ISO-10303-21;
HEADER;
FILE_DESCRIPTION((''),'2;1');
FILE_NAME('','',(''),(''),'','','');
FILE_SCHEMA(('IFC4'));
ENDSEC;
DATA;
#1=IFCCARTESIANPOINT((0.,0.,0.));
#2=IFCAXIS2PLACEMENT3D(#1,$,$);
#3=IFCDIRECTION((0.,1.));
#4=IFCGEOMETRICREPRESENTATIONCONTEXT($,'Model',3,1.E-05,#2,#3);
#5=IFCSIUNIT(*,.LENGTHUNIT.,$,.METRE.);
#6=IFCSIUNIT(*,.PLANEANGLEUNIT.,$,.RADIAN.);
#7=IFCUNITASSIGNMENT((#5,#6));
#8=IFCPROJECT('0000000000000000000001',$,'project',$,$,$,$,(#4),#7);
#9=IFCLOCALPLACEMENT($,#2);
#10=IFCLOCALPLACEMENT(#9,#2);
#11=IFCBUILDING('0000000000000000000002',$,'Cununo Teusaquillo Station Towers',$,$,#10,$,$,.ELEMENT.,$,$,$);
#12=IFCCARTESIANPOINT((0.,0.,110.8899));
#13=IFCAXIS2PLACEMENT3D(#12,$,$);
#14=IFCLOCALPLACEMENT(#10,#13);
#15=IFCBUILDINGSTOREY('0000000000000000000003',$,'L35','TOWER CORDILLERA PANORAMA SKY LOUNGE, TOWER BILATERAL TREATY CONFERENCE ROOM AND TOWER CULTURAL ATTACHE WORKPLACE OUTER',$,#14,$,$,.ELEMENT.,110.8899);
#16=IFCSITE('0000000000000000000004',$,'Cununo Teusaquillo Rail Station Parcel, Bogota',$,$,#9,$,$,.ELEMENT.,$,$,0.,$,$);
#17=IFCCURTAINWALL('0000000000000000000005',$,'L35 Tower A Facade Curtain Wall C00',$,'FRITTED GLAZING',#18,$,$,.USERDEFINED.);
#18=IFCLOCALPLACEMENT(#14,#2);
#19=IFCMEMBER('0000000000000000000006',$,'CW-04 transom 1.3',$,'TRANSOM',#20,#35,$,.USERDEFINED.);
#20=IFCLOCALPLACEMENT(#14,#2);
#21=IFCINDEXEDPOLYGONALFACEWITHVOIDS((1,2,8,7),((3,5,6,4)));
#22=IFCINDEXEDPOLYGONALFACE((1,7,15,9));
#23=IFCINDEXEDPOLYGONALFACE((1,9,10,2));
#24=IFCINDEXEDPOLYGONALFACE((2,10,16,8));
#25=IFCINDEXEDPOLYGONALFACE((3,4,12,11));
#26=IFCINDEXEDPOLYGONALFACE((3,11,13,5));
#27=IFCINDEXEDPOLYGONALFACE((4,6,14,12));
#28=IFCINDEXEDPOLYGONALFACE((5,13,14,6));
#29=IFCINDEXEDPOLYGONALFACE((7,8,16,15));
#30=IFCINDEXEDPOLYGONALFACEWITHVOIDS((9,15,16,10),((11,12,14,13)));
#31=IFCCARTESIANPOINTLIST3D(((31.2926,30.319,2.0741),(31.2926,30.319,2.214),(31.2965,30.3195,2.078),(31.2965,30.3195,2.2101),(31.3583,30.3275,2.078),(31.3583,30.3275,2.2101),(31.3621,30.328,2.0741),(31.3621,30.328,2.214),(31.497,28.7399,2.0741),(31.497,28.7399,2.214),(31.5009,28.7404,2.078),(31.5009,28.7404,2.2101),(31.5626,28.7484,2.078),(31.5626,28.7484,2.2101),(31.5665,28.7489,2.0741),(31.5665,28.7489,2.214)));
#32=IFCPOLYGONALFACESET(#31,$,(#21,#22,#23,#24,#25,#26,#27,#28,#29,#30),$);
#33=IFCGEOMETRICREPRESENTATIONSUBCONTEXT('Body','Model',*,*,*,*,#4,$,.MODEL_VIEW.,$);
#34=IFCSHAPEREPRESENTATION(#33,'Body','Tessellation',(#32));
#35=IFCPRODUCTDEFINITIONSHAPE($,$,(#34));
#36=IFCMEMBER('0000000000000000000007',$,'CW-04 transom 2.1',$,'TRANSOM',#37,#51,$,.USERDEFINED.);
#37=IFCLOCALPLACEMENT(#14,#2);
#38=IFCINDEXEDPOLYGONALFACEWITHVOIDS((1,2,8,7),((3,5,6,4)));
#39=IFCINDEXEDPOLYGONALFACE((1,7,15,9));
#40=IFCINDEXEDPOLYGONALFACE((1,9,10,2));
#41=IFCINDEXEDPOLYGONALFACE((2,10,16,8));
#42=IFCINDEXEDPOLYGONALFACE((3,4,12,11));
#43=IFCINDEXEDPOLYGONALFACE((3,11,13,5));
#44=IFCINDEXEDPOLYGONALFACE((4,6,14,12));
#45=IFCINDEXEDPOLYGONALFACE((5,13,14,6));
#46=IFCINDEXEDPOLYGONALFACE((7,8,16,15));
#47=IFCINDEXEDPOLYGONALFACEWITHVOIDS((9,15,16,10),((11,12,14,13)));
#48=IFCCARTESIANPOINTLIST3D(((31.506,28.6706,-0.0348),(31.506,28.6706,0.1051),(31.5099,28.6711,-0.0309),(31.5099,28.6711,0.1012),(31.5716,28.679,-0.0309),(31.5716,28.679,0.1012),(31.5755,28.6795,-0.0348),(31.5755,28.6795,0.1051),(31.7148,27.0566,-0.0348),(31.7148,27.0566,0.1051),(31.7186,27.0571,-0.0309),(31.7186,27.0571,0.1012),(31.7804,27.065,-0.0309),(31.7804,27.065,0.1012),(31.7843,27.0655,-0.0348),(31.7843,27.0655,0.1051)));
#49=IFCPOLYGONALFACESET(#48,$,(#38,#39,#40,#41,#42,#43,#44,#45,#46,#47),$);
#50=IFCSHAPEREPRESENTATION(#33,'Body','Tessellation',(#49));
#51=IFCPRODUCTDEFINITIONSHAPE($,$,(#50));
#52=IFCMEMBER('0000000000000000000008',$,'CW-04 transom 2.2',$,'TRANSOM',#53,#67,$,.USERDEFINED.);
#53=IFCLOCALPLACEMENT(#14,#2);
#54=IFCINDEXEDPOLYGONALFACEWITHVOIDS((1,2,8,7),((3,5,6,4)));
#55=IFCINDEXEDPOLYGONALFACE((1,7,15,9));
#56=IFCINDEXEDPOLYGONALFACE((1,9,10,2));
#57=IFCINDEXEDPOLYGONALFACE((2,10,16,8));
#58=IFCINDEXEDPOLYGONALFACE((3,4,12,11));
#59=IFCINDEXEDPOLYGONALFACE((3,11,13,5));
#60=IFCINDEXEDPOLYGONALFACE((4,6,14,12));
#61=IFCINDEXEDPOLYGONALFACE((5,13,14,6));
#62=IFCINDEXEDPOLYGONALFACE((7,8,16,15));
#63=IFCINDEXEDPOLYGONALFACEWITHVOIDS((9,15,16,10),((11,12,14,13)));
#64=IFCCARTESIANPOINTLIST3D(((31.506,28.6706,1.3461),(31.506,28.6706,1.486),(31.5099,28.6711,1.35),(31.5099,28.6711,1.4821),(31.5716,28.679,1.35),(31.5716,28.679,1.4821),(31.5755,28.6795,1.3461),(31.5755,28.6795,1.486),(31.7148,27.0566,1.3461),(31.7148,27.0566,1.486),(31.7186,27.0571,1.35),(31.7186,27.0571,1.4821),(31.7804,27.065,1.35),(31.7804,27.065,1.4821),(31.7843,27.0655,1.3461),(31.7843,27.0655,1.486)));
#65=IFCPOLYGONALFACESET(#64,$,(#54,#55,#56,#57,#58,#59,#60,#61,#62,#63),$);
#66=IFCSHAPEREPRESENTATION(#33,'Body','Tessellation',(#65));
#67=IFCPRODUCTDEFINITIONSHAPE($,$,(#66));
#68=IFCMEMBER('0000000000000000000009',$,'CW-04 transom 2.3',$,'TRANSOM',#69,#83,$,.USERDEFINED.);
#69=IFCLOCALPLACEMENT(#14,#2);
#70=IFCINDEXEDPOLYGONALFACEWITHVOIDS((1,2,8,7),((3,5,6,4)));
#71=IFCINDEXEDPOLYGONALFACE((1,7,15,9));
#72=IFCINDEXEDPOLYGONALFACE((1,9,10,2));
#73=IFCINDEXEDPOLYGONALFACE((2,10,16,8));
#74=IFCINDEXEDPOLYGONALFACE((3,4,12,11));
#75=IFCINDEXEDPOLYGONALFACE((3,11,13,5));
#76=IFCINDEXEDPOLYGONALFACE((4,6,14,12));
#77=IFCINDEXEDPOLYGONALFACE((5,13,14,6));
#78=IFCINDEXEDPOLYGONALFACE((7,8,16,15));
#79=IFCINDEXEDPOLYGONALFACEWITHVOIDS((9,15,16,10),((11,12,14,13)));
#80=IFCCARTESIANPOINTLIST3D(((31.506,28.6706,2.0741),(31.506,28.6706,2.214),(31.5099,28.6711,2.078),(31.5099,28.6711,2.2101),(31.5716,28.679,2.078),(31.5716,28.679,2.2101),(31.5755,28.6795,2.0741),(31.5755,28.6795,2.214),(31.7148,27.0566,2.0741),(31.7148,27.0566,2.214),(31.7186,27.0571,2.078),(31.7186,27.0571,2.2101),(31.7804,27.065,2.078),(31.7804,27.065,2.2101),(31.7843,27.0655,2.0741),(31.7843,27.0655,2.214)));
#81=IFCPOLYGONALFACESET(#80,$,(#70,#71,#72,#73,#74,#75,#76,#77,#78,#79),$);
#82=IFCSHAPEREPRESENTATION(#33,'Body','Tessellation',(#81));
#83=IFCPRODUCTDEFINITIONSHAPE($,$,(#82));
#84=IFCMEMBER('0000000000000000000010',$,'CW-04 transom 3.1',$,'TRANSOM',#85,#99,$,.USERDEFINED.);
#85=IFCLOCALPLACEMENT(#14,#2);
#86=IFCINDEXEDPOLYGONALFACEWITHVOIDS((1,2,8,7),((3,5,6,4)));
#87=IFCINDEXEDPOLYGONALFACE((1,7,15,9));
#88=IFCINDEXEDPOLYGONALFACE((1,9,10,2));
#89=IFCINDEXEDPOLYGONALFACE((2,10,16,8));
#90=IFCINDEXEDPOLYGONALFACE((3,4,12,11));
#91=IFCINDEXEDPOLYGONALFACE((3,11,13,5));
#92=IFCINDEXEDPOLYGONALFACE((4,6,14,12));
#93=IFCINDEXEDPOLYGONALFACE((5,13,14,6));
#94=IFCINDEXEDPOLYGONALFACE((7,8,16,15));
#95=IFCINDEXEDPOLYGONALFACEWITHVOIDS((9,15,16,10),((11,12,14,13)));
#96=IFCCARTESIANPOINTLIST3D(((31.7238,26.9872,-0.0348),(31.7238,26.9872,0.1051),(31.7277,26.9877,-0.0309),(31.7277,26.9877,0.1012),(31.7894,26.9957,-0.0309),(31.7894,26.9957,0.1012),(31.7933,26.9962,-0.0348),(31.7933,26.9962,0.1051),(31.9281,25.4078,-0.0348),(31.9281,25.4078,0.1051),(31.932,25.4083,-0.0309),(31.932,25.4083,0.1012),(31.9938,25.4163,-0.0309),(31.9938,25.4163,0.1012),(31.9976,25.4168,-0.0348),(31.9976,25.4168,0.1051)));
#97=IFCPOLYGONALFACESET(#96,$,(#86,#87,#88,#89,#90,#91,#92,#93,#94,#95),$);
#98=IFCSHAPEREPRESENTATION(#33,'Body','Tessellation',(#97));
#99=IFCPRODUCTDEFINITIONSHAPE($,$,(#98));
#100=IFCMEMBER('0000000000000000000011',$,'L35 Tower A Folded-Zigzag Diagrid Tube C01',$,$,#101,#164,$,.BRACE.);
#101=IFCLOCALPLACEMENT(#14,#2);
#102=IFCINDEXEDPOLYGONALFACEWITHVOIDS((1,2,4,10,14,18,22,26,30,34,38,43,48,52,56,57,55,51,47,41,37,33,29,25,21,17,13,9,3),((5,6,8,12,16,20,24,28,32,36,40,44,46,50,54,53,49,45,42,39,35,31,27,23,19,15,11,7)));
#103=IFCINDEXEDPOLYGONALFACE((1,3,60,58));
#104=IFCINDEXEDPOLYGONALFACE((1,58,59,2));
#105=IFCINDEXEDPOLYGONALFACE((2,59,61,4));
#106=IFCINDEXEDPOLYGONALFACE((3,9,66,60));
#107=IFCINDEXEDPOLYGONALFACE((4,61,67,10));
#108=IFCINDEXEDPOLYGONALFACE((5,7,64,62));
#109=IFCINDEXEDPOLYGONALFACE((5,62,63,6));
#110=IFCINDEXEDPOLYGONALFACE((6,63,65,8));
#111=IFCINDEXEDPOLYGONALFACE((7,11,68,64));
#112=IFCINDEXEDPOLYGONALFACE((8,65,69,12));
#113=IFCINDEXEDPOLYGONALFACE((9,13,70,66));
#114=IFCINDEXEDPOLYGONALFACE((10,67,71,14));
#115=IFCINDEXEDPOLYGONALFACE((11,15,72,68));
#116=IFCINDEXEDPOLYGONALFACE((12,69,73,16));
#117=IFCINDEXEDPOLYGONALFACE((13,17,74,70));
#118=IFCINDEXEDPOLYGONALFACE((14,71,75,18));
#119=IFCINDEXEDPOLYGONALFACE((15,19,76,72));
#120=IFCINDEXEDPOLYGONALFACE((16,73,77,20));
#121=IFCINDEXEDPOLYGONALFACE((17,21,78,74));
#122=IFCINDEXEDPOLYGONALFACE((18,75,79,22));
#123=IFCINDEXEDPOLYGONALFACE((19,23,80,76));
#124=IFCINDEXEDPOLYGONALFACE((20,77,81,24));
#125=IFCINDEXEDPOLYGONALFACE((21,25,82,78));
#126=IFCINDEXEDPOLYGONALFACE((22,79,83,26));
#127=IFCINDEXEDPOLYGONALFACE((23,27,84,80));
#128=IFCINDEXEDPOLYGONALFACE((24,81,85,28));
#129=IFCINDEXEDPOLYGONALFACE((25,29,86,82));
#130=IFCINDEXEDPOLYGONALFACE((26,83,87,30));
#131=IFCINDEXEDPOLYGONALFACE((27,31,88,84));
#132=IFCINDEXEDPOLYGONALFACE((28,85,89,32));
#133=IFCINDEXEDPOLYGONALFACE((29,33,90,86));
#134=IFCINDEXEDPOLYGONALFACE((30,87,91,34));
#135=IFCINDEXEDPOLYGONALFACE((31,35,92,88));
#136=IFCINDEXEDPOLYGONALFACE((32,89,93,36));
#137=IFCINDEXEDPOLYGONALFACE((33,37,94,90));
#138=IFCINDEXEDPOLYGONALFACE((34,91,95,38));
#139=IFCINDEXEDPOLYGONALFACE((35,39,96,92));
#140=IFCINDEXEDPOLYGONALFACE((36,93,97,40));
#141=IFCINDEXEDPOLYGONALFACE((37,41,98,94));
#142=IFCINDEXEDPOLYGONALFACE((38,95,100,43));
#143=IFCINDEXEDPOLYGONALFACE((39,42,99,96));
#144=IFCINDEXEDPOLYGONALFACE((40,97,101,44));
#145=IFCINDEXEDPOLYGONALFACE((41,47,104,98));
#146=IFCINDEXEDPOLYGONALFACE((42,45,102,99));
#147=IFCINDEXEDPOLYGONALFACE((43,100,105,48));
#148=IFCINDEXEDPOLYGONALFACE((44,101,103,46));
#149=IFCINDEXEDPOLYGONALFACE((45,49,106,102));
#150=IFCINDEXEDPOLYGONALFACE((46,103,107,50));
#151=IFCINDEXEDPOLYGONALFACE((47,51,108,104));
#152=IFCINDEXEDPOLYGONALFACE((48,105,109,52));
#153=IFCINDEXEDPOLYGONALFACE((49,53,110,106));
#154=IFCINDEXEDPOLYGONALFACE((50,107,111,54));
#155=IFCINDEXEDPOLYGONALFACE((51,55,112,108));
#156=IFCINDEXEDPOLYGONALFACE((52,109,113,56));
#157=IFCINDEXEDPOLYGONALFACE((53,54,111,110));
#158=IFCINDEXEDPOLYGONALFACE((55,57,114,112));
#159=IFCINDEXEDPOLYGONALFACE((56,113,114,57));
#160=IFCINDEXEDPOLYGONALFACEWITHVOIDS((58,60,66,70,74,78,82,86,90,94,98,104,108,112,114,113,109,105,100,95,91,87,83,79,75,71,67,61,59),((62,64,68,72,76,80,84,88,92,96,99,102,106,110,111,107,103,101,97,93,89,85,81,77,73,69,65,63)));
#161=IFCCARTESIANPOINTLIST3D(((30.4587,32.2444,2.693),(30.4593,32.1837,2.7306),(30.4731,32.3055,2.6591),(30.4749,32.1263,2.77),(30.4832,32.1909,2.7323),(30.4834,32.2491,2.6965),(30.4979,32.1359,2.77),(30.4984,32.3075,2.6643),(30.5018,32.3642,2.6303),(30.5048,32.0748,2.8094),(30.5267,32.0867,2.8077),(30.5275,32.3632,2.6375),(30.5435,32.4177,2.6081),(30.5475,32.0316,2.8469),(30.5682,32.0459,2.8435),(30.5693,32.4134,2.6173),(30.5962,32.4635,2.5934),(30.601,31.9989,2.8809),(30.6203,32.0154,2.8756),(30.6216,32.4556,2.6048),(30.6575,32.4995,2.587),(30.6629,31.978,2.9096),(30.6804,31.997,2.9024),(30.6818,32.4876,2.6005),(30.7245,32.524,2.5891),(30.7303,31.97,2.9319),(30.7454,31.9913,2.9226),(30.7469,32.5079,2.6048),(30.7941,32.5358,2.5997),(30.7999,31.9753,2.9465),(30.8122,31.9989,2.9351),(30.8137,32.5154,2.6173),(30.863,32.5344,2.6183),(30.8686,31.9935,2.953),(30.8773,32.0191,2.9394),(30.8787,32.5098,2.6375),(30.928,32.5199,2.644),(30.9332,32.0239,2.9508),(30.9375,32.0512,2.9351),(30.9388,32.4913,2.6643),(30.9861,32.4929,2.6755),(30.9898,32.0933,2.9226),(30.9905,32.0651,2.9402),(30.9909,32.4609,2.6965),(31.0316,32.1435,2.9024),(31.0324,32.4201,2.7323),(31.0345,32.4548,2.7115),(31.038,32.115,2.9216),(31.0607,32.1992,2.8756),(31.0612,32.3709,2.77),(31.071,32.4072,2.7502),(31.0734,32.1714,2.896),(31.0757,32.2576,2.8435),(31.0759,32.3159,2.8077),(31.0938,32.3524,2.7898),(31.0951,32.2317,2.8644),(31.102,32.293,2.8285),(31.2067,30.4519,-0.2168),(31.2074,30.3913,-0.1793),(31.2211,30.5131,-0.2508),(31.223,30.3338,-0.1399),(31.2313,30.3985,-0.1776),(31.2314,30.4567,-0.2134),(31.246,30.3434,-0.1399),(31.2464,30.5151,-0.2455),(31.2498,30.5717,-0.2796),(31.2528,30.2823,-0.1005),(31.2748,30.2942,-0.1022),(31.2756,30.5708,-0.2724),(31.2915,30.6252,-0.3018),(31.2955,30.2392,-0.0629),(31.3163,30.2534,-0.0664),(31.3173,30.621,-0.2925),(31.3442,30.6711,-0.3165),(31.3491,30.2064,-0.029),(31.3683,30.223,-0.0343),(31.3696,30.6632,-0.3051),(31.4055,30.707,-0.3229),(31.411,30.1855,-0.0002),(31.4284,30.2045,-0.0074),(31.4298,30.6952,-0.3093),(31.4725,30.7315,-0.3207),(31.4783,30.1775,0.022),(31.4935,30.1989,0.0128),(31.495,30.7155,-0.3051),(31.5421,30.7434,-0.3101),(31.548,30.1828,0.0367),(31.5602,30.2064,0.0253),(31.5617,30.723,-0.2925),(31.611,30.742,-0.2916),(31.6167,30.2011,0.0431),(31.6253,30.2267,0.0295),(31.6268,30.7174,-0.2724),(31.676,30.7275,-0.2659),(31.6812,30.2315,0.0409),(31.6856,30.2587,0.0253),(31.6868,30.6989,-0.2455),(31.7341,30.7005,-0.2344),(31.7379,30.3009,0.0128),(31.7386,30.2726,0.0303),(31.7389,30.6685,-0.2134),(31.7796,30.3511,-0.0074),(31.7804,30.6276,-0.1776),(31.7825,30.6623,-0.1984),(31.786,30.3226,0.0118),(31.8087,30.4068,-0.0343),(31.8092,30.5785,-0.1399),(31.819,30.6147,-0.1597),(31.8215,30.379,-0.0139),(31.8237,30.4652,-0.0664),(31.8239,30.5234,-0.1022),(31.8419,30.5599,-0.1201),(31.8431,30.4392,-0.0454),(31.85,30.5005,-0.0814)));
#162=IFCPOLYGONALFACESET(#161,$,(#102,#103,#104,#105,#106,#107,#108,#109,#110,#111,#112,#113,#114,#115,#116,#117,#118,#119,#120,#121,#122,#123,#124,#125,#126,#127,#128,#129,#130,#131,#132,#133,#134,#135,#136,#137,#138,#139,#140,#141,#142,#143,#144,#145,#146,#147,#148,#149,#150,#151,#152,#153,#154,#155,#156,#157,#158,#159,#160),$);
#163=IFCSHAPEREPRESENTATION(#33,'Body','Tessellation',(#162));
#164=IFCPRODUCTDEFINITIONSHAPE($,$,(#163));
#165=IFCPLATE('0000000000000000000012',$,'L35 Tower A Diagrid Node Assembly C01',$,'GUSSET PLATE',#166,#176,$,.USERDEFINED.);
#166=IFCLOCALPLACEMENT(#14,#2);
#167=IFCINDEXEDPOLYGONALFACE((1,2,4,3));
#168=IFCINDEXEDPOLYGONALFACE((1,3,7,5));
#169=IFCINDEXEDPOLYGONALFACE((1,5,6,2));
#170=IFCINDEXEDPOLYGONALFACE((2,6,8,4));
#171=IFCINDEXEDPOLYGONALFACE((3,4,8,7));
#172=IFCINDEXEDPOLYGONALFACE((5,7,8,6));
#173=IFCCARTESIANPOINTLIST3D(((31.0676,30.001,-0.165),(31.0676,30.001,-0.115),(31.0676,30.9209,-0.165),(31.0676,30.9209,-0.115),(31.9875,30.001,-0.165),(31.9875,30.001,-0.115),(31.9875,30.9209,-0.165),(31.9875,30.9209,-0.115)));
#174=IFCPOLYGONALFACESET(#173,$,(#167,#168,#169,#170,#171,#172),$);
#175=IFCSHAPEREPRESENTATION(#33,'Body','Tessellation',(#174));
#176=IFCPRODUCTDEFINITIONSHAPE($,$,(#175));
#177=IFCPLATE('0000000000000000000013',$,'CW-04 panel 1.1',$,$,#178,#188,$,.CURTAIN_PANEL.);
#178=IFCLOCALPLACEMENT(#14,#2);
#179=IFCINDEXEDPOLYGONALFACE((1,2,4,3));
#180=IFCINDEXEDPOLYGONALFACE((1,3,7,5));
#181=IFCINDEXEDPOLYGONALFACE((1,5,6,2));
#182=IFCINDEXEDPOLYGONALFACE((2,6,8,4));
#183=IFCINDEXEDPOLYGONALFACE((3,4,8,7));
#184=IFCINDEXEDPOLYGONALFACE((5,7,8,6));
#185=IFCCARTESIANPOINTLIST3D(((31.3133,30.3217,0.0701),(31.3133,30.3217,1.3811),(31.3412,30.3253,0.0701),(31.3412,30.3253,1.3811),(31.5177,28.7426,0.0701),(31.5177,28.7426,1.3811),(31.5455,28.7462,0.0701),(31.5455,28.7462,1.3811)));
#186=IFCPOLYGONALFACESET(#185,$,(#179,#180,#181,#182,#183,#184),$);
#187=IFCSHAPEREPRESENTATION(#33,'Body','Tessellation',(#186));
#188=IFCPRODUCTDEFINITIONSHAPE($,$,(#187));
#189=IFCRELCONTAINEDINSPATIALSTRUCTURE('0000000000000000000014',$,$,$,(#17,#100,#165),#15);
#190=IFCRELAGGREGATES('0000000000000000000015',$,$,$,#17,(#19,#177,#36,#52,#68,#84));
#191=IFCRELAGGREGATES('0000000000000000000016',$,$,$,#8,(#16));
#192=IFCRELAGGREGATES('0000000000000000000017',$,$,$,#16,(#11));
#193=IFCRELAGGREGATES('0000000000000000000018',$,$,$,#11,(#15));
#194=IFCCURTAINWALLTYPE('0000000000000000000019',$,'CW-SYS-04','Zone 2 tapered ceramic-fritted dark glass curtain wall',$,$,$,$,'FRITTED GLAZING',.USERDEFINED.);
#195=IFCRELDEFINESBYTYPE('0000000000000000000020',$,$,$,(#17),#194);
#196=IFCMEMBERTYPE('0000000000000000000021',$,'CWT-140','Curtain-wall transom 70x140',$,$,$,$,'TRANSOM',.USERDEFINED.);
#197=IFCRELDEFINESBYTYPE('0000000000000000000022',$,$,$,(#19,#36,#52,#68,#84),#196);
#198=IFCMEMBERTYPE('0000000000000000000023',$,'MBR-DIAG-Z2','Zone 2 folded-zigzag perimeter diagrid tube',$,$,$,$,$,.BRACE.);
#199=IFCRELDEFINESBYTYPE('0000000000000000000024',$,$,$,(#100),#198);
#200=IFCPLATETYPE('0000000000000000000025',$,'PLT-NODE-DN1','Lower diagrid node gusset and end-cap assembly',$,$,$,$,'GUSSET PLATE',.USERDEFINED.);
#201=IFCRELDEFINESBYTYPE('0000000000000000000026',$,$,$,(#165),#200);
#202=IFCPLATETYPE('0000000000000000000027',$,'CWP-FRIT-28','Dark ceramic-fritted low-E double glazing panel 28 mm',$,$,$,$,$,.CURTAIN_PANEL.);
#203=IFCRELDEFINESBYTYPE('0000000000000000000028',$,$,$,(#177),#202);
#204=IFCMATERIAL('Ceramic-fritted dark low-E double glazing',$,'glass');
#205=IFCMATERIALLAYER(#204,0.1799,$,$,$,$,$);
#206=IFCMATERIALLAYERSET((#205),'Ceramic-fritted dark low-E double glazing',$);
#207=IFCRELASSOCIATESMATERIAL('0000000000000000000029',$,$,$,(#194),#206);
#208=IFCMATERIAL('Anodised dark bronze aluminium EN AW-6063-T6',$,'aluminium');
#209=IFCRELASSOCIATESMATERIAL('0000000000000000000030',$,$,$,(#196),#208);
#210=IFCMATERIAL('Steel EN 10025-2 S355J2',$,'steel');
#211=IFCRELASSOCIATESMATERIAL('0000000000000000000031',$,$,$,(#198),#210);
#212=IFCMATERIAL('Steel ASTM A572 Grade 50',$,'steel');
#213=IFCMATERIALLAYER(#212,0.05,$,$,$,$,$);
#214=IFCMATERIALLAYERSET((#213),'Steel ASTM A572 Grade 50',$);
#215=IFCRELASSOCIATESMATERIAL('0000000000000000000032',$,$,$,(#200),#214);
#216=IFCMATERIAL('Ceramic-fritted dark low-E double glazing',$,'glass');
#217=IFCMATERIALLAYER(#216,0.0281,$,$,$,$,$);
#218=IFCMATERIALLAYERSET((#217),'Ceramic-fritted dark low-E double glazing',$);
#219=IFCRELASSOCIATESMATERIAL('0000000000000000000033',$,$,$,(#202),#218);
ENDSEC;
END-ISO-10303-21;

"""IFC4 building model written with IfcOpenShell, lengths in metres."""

from ifc_helpers import new_model, si_unit, direction, frame, origin, origin_2d, place, context, subcontext, project, spatial, rectangle, hollow_rectangle, hollow_circle, extrude, source, transform, mapped, material, layer, layer_set, material_profile, profile_set, type_object, element, aggregate, save


model = new_model("IFC4")

# Units and contexts
model_context = context("Model", 3, precision=1e-05, world=origin(), true_north=direction((0.0, 1.0)))
body_context = subcontext(model_context, "Body", "Model", "MODEL_VIEW")
ifc_project = project(units=[si_unit("LENGTHUNIT", "METRE"), si_unit("PLANEANGLEUNIT", "RADIAN")], contexts=[model_context])

# Site, building, storey
site_placement = place(None, origin())
site = spatial("IfcSite", under=ifc_project, at=site_placement, Name="Cununo Teusaquillo Rail Station Parcel, Bogota", CompositionType="ELEMENT", RefElevation=0.0)
building_placement = place(site_placement, origin())
building = spatial("IfcBuilding", under=site, at=building_placement, Name="Cununo Teusaquillo Station Towers", CompositionType="ELEMENT")
storey_placement = place(building_placement, frame((0.0, 0.0, 110.8899)))
storey = spatial("IfcBuildingStorey", under=building, at=storey_placement, Name="L35", Description="TOWER CORDILLERA PANORAMA SKY LOUNGE, TOWER BILATERAL TREATY CONFERENCE ROOM AND TOWER CULTURAL ATTACHE WORKPLACE OUTER", CompositionType="ELEMENT", Elevation=110.8899)

# Curtain wall, members
ifc_material_1 = material(Name="Ceramic-fritted dark low-E double glazing", Category="glass")
ifc_layer_1 = layer(ifc_material_1, 0.1799)
ifc_layer_set_1 = layer_set([ifc_layer_1], Name="Ceramic-fritted dark low-E double glazing")
curtain_wall_type = type_object("IfcCurtainWallType", Name="CW-SYS-04", Description="Zone 2 tapered ceramic-fritted dark glass curtain wall", ElementType="FRITTED GLAZING", PredefinedType="USERDEFINED", material=ifc_layer_set_1)
curtain_wall_placement = place(storey_placement, origin())
curtain_wall = element("IfcCurtainWall", 1, at=curtain_wall_placement, inside=storey, type_object=curtain_wall_type, Name="L35 Tower A Facade Curtain Wall C00", ObjectType="FRITTED GLAZING", PredefinedType="USERDEFINED")
ifc_material_2 = material(Name="Anodised dark bronze aluminium EN AW-6063-T6", Category="aluminium")
ifc_material_profile_1 = material_profile(ifc_material_2, hollow_rectangle(XDim=0.0701, YDim=0.1399, WallThickness=0.0039, at=origin_2d()), Name="CW-TRAN-70x140")
ifc_profile_set_1 = profile_set([ifc_material_profile_1], Name="Anodised dark bronze aluminium EN AW-6063-T6")
member_type_1 = type_object("IfcMemberType", Name="CWT-140", Description="Curtain-wall transom 70x140", ElementType="TRANSOM", PredefinedType="USERDEFINED", material=ifc_profile_set_1)
member_1_placement = place(storey_placement, frame((31.3274, 30.3235, 2.144), z_axis=(0.128336, -0.991731, 0.0), x_axis=(0.991731, 0.128336, 0.0)))
member_1 = element("IfcMember", 2, at=member_1_placement, type_object=member_type_1, Name="CW-04 transom 1.3", ObjectType="TRANSOM", PredefinedType="USERDEFINED", context=body_context, shape_type="SweptSolid", body=[
    extrude(hollow_rectangle(XDim=0.0701, YDim=0.1399, WallThickness=0.0039, at=origin_2d()), origin(), (0.0, 0.0, 1.0), 1.5923),
])
member_2_placement = place(storey_placement, frame((31.5408, 28.675, 0.0352), z_axis=(0.128262, -0.99174, 0.0), x_axis=(0.99174, 0.128262, 0.0)))
member_2 = element("IfcMember", 3, at=member_2_placement, type_object=member_type_1, Name="CW-04 transom 2.1", ObjectType="TRANSOM", PredefinedType="USERDEFINED", context=body_context, shape_type="SweptSolid", body=[
    extrude(hollow_rectangle(XDim=0.0701, YDim=0.1399, WallThickness=0.0039, at=origin_2d()), origin(), (0.0, 0.0, 1.0), 1.6274),
])
member_3_placement = place(storey_placement, frame((31.5408, 28.675, 1.416), z_axis=(0.128262, -0.99174, 0.0), x_axis=(0.99174, 0.128262, 0.0)))
member_3 = element("IfcMember", 4, at=member_3_placement, type_object=member_type_1, Name="CW-04 transom 2.2", ObjectType="TRANSOM", PredefinedType="USERDEFINED", context=body_context, shape_type="SweptSolid", body=[
    extrude(hollow_rectangle(XDim=0.0701, YDim=0.1399, WallThickness=0.0039, at=origin_2d()), origin(), (0.0, 0.0, 1.0), 1.6274),
])
member_4_placement = place(storey_placement, frame((31.5408, 28.675, 2.144), z_axis=(0.128262, -0.99174, 0.0), x_axis=(0.99174, 0.128262, 0.0)))
member_4 = element("IfcMember", 5, at=member_4_placement, type_object=member_type_1, Name="CW-04 transom 2.3", ObjectType="TRANSOM", PredefinedType="USERDEFINED", context=body_context, shape_type="SweptSolid", body=[
    extrude(hollow_rectangle(XDim=0.0701, YDim=0.1399, WallThickness=0.0039, at=origin_2d()), origin(), (0.0, 0.0, 1.0), 1.6274),
])
member_5_placement = place(storey_placement, frame((31.7585, 26.9917, 0.0352), z_axis=(0.128317, -0.991733, 0.0), x_axis=(0.991733, 0.128317, 0.0)))
member_5 = element("IfcMember", 6, at=member_5_placement, type_object=member_type_1, Name="CW-04 transom 3.1", ObjectType="TRANSOM", PredefinedType="USERDEFINED", context=body_context, shape_type="SweptSolid", body=[
    extrude(hollow_rectangle(XDim=0.0701, YDim=0.1399, WallThickness=0.0039, at=origin_2d()), origin(), (0.0, 0.0, 1.0), 1.5925),
])

# Member
ifc_material_3 = material(Name="Steel EN 10025-2 S355J2", Category="steel")
ifc_material_profile_2 = material_profile(ifc_material_3, hollow_circle(Radius=0.3301, WallThickness=0.0249, at=origin_2d()), Name="CHS 660x25")
ifc_profile_set_2 = profile_set([ifc_material_profile_2], Name="Steel EN 10025-2 S355J2")
member_type_2 = type_object("IfcMemberType", Name="MBR-DIAG-Z2", Description="Zone 2 folded-zigzag perimeter diagrid tube", PredefinedType="BRACE", material=ifc_profile_set_2)
member_6_placement = place(storey_placement, frame((31.5276, 30.4609, -0.1399), z_axis=(-0.213814, 0.512343, 0.831738), x_axis=(-0.922861, -0.385133, 0.0)))
element("IfcMember", 7, at=member_6_placement, inside=storey, type_object=member_type_2, Name="L35 Tower A Folded-Zigzag Diagrid Tube C01", PredefinedType="BRACE", context=body_context, shape_type="SweptSolid", body=[
    extrude(hollow_circle(Radius=0.3301, WallThickness=0.0249, at=origin_2d()), origin(), (0.0, 0.0, 1.0), 3.4985),
])

# Plates
ifc_material_4 = material(Name="Steel ASTM A572 Grade 50", Category="steel")
ifc_layer_2 = layer(ifc_material_4, 0.05)
ifc_layer_set_2 = layer_set([ifc_layer_2], Name="Steel ASTM A572 Grade 50")
plate_type_1 = type_object("IfcPlateType", Name="PLT-NODE-DN1", Description="Lower diagrid node gusset and end-cap assembly", ElementType="GUSSET PLATE", PredefinedType="USERDEFINED", material=ifc_layer_set_2)
shared_shape_1 = source(origin(), body_context, "Body", "SweptSolid", [
    extrude(rectangle(XDim=0.9199, YDim=0.9199, at=origin_2d()), origin(), (0.0, 0.0, 1.0), 0.05),
])
plate_1_placement = place(storey_placement, frame((31.5276, 30.4609, -0.165), z_axis=(0.0, 0.0, 1.0), x_axis=(1.0, 0.0, 0.0)))
element("IfcPlate", 8, at=plate_1_placement, inside=storey, type_object=plate_type_1, Name="L35 Tower A Diagrid Node Assembly C01", ObjectType="GUSSET PLATE", PredefinedType="USERDEFINED", context=body_context, shape_type="MappedRepresentation", body=[
    mapped(shared_shape_1, transform((0.0, 0.0, 0.0), x_axis=(1.0, 0.0, 0.0), y_axis=(0.0, 1.0, 0.0), z_axis=(0.0, 0.0, 1.0), scale=1.0)),
])
ifc_material_5 = material(Name="Ceramic-fritted dark low-E double glazing", Category="glass")
ifc_layer_3 = layer(ifc_material_5, 0.0281)
ifc_layer_set_3 = layer_set([ifc_layer_3], Name="Ceramic-fritted dark low-E double glazing")
plate_type_2 = type_object("IfcPlateType", Name="CWP-FRIT-28", Description="Dark ceramic-fritted low-E double glazing panel 28 mm", PredefinedType="CURTAIN_PANEL", material=ifc_layer_set_3)
shared_shape_2 = source(origin(), body_context, "Body", "SweptSolid", [
    extrude(rectangle(XDim=1.5923, YDim=0.0281, at=origin_2d()), origin(), (0.0, 0.0, 1.0), 1.311),
])
plate_2_placement = place(storey_placement, frame((31.4294, 29.5339, 0.0701), z_axis=(0.0, 0.0, 1.0), x_axis=(0.128336, -0.991731, 0.0)))
plate_2 = element("IfcPlate", 9, at=plate_2_placement, type_object=plate_type_2, Name="CW-04 panel 1.1", PredefinedType="CURTAIN_PANEL", context=body_context, shape_type="MappedRepresentation", body=[
    mapped(shared_shape_2, transform((0.0, 0.0, 0.0), x_axis=(1.0, 0.0, 0.0), y_axis=(0.0, 1.0, 0.0), z_axis=(0.0, 0.0, 1.0), scale=1.0)),
])
aggregate(curtain_wall, [member_1, plate_2, member_2, member_3, member_4, member_5])

save(model, "model.ifc")
